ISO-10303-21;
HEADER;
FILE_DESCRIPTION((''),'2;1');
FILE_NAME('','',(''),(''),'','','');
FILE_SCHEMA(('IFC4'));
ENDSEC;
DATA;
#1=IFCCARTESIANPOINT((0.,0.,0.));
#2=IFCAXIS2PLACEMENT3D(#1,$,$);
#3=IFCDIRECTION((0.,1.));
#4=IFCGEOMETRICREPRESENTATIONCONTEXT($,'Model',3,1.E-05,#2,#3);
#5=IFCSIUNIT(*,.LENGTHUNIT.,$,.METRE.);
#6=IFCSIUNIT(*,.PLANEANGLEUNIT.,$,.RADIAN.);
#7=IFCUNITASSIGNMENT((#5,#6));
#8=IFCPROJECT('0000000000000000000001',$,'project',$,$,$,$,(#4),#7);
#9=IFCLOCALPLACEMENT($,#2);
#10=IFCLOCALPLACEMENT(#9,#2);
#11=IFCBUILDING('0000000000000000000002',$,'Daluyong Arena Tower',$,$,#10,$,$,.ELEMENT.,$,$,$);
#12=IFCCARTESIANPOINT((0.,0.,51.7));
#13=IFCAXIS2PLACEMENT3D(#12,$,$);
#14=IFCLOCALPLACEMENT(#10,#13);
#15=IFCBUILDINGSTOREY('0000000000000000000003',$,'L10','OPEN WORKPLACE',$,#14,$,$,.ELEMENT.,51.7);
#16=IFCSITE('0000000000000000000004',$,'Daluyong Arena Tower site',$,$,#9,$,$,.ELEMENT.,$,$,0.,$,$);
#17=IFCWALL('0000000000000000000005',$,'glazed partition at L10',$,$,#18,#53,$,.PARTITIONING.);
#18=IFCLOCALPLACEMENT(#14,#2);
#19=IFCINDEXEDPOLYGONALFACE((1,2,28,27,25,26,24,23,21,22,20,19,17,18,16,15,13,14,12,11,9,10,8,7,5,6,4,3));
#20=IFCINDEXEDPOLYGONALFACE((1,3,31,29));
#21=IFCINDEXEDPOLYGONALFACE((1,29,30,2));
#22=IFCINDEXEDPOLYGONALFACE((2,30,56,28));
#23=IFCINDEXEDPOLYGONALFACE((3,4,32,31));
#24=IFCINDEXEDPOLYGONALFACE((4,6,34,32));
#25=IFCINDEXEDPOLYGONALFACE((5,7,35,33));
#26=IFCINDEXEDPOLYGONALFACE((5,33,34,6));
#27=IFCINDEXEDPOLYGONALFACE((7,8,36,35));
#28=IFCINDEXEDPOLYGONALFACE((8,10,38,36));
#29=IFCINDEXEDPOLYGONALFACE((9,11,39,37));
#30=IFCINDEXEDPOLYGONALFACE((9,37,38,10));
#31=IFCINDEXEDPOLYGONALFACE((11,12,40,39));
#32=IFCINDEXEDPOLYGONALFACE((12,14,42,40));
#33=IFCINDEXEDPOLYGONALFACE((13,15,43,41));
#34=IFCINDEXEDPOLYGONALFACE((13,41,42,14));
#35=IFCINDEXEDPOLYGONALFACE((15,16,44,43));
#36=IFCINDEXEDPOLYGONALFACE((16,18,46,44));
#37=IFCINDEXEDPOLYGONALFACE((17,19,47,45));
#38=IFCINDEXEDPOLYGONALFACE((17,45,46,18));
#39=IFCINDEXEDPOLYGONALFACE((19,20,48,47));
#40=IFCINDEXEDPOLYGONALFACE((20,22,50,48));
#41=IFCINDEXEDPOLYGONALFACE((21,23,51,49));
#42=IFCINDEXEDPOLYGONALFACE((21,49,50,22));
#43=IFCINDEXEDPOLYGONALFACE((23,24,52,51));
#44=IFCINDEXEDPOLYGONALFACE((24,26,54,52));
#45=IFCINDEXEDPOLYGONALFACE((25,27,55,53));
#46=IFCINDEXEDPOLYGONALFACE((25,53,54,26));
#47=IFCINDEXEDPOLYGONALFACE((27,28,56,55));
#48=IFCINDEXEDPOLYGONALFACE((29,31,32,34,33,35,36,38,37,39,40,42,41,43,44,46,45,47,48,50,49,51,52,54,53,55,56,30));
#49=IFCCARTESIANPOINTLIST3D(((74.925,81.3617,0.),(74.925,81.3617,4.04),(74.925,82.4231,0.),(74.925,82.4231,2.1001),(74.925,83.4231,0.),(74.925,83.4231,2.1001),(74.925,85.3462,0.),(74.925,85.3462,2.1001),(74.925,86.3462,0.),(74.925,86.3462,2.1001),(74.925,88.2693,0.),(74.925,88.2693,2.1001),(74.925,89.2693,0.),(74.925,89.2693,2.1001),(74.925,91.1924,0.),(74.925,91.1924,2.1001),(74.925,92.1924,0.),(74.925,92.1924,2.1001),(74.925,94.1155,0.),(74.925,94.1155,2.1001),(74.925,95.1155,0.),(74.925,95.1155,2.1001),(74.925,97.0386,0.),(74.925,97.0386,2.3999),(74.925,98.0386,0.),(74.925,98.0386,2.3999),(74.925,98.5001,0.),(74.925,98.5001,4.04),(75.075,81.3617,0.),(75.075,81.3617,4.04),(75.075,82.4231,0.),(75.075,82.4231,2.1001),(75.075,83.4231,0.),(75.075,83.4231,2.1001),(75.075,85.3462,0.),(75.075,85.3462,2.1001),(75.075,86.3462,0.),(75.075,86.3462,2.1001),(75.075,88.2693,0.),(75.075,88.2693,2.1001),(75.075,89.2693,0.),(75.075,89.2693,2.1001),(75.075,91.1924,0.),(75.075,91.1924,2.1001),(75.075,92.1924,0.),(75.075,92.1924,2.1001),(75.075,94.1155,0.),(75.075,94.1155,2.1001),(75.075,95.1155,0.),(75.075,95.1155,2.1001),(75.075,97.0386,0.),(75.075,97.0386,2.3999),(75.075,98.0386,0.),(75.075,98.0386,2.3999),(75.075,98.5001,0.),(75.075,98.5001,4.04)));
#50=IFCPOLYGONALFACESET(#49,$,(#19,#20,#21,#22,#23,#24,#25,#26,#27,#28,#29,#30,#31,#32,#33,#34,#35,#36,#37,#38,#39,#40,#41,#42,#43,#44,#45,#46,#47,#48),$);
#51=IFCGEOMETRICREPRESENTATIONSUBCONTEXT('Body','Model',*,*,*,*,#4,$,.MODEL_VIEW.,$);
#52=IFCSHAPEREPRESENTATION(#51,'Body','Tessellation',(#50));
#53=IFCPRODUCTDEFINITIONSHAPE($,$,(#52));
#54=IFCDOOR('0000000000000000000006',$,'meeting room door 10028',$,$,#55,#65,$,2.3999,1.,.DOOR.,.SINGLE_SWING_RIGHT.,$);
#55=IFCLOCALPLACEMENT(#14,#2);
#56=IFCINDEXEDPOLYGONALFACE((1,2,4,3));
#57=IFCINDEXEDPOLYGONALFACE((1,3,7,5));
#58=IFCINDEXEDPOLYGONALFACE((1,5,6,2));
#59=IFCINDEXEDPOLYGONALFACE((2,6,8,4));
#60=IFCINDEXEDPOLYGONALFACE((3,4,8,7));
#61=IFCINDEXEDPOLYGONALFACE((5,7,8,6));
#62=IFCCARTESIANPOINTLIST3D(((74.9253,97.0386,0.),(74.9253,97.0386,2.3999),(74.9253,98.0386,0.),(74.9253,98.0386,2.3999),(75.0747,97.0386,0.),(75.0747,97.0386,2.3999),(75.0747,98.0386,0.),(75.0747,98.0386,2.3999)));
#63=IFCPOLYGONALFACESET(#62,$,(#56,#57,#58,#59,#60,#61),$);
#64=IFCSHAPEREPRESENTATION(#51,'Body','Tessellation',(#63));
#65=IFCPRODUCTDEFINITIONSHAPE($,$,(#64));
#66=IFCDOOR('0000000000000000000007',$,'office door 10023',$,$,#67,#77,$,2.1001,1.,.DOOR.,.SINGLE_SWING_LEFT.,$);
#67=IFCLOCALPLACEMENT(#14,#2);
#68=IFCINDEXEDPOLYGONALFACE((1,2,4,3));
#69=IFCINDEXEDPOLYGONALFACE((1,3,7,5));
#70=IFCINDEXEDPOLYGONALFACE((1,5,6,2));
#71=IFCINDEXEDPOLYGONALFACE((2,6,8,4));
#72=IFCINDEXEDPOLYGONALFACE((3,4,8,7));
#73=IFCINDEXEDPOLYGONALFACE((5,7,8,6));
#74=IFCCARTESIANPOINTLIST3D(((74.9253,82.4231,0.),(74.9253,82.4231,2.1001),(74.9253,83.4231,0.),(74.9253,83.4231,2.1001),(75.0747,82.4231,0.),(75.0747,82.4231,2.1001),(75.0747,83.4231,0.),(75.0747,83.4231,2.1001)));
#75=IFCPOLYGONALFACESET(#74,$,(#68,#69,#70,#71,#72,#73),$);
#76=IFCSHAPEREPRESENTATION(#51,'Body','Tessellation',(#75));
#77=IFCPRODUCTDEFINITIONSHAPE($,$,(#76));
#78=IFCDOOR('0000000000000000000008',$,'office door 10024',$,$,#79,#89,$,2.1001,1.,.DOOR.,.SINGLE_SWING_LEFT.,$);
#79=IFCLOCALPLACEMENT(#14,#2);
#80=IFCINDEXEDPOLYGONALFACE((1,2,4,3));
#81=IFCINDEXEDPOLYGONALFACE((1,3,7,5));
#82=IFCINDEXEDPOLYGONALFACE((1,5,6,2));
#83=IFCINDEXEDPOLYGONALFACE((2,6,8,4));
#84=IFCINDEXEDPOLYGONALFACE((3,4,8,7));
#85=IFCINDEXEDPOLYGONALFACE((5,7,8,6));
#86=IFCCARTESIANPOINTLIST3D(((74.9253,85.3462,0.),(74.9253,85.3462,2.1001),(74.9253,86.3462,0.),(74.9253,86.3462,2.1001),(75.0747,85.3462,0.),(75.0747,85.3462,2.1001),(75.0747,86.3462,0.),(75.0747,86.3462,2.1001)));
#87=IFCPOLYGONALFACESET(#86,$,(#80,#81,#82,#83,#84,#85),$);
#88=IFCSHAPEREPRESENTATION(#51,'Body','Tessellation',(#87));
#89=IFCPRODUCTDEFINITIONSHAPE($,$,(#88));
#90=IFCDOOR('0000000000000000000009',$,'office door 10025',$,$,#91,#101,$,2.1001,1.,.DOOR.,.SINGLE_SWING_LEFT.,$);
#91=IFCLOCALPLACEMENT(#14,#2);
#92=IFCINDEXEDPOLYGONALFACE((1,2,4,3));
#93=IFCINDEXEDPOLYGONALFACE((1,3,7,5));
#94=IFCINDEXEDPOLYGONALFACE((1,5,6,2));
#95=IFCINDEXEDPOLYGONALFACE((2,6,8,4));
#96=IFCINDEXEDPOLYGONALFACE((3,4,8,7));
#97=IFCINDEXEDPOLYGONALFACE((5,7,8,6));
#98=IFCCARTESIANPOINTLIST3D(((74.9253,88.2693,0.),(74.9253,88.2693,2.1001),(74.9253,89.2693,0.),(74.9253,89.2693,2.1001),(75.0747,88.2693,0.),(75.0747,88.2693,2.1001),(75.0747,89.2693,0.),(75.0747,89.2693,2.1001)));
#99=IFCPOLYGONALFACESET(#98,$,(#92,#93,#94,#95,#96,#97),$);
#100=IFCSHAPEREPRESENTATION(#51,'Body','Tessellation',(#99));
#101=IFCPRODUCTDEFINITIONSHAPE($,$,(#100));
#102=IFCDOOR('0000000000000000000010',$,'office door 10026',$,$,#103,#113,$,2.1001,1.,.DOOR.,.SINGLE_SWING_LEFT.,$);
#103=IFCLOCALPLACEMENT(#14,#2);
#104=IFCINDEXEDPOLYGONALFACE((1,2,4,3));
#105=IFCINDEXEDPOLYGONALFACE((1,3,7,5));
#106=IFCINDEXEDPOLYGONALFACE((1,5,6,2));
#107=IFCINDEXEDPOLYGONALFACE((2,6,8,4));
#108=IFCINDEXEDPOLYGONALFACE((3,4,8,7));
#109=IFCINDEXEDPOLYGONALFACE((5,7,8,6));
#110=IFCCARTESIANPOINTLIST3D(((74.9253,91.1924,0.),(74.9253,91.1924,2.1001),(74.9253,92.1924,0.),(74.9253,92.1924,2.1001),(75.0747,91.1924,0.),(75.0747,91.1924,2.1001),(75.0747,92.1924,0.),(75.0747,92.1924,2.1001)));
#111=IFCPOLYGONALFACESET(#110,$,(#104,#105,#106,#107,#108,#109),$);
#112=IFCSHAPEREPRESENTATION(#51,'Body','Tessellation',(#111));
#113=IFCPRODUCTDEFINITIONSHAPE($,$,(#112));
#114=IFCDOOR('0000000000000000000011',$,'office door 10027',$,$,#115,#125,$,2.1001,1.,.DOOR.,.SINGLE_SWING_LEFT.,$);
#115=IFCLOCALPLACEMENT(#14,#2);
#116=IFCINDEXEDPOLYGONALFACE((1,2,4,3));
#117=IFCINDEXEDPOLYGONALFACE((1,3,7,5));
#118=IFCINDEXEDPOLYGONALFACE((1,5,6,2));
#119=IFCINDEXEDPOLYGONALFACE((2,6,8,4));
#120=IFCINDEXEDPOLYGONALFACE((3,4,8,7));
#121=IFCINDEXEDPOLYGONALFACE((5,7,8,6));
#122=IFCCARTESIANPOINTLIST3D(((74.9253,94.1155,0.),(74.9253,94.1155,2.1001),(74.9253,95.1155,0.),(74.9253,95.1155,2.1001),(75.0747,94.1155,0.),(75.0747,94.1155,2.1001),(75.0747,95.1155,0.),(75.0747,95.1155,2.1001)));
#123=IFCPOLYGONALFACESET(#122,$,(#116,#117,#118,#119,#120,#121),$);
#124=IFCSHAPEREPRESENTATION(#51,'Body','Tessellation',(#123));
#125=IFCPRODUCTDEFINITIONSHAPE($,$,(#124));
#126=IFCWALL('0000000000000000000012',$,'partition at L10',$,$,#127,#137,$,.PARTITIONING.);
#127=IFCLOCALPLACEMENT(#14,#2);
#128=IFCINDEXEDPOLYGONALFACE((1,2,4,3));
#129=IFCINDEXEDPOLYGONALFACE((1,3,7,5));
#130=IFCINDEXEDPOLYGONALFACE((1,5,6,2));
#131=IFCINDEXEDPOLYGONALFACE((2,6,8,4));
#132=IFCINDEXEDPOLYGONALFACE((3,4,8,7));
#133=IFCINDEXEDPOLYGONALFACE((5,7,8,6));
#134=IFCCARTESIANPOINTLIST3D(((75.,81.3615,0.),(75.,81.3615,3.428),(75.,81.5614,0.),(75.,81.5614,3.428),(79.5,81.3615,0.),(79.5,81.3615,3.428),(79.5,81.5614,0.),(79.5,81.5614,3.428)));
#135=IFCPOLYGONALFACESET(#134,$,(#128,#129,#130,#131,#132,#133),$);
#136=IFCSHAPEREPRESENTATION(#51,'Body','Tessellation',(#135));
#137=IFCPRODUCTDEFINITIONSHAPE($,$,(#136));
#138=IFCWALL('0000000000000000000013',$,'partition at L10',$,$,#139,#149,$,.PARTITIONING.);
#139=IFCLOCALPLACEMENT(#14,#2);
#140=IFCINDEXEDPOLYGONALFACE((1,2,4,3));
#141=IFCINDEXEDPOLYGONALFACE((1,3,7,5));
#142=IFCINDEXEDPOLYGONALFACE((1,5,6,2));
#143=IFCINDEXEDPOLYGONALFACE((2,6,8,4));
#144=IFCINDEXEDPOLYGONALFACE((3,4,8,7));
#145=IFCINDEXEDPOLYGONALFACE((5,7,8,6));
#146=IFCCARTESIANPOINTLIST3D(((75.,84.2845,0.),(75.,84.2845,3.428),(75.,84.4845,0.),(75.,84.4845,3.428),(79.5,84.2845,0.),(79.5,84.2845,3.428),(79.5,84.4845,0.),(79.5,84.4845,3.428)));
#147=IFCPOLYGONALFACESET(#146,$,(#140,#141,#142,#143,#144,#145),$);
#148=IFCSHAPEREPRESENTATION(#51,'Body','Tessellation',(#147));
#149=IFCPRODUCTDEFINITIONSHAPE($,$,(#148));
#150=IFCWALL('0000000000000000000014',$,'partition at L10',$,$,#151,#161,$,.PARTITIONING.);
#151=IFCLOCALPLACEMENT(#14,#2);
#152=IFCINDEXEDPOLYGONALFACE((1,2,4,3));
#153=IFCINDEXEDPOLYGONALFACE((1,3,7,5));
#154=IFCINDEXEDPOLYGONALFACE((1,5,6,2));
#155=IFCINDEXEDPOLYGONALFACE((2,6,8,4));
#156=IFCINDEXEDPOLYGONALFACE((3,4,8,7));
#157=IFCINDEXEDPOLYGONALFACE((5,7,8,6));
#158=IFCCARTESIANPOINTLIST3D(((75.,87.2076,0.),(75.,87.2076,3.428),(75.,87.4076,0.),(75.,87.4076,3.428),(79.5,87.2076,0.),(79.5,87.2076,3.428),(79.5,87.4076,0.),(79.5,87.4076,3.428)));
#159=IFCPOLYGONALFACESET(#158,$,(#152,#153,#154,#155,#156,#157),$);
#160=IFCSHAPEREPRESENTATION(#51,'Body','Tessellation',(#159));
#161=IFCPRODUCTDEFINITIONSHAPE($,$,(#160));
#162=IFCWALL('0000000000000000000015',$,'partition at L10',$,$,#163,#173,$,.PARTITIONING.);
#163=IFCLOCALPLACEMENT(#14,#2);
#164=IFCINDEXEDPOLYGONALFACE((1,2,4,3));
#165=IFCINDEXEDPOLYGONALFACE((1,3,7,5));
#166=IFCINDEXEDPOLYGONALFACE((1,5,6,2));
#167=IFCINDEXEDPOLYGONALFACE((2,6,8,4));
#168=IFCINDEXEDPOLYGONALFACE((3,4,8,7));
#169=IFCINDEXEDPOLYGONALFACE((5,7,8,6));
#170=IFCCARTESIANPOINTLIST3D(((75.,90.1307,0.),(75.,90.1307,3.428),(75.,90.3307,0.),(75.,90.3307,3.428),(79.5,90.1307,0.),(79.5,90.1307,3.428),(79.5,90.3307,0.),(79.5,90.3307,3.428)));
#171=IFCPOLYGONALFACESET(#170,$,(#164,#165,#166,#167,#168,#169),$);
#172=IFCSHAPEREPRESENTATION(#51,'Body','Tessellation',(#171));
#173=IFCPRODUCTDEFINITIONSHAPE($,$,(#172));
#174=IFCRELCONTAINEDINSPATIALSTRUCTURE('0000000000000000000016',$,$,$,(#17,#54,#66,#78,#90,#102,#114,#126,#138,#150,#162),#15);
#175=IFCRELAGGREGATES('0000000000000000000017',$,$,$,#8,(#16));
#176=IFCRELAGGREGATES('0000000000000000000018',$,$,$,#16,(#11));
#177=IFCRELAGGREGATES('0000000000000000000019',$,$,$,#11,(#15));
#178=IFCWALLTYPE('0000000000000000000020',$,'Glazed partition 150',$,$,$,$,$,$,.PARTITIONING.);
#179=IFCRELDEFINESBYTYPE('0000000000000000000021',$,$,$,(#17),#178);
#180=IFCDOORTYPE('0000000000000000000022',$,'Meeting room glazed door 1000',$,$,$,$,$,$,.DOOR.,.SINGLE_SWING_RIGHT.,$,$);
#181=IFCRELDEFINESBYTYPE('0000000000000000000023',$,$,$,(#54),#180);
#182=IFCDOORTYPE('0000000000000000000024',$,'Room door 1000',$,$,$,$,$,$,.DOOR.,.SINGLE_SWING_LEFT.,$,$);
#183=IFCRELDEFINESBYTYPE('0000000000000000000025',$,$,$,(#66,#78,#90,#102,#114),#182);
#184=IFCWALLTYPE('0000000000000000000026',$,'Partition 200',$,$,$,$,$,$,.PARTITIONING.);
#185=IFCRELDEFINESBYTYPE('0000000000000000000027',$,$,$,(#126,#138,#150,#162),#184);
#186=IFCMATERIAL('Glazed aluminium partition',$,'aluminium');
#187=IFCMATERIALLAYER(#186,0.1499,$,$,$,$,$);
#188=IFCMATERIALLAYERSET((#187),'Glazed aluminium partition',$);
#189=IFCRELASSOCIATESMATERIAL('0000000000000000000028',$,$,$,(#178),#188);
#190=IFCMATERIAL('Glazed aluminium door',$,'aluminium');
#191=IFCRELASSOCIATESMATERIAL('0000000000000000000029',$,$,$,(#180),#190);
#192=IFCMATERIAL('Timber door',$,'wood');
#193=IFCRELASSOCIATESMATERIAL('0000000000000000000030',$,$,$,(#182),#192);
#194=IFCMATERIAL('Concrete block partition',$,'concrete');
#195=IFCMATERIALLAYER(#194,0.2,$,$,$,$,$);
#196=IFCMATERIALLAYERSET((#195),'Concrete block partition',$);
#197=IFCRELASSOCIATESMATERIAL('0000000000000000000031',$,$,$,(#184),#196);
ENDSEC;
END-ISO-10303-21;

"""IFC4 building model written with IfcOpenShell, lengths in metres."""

from ifc_helpers import new_model, si_unit, direction, frame, frame_2d, origin, place, context, subcontext, project, spatial, rectangle, extrude, material, layer, layer_set, type_object, element, fill, save


model = new_model("IFC4")

# Units and contexts
model_context = context("Model", 3, precision=1e-05, world=origin(), true_north=direction((0.0, 1.0)))
body_context = subcontext(model_context, "Body", "Model", "MODEL_VIEW")
ifc_project = project(units=[si_unit("LENGTHUNIT", "METRE"), si_unit("PLANEANGLEUNIT", "RADIAN")], contexts=[model_context])

# Site, building, storey
site_placement = place(None, origin())
site = spatial("IfcSite", under=ifc_project, at=site_placement, Name="Daluyong Arena Tower site", CompositionType="ELEMENT", RefElevation=0.0)
building_placement = place(site_placement, origin())
building = spatial("IfcBuilding", under=site, at=building_placement, Name="Daluyong Arena Tower", CompositionType="ELEMENT")
storey_placement = place(building_placement, frame((0.0, 0.0, 51.7)))
storey = spatial("IfcBuildingStorey", under=building, at=storey_placement, Name="L10", Description="OPEN WORKPLACE", CompositionType="ELEMENT", Elevation=51.7)

# Shared definitions
ifc_material_1 = material(Name="Glazed aluminium partition", Category="aluminium")
ifc_layer_1 = layer(ifc_material_1, 0.1499)
ifc_layer_set_1 = layer_set([ifc_layer_1], Name="Glazed aluminium partition")
wall_type_1 = type_object("IfcWallType", Name="Glazed partition 150", PredefinedType="PARTITIONING", material=ifc_layer_set_1)
ifc_material_2 = material(Name="Glazed aluminium door", Category="aluminium")
door_type_1 = type_object("IfcDoorType", Name="Meeting room glazed door 1000", OperationType="SINGLE_SWING_RIGHT", PredefinedType="DOOR", material=ifc_material_2)

# Wall, openings, doors
wall_1_placement = place(storey_placement, frame((75.0, 81.3616, 0.0), z_axis=(0.0, 0.0, 1.0), x_axis=(0.0, 1.0, 0.0)))
wall_1 = element("IfcWall", 1, at=wall_1_placement, inside=storey, type_object=wall_type_1, Name="glazed partition at L10", PredefinedType="PARTITIONING", context=body_context, shape_type="SweptSolid", body=[
    extrude(rectangle(XDim=17.1384, YDim=0.1499, at=frame_2d((8.5693, 0.0))), origin(), (0.0, 0.0, 1.0), 4.04),
])
opening_1_placement = place(wall_1_placement, frame((1.0615, 0.0, 0.0)))
opening_1 = element("IfcOpeningElement", 2, at=opening_1_placement, cuts=wall_1, PredefinedType="OPENING", context=body_context, shape_type="SweptSolid", body=[
    extrude(rectangle(XDim=1.0, YDim=2.1001, at=frame_2d((0.5, 1.05))), frame((0.0, 0.085, 0.0), z_axis=(0.0, -1.0, 0.0), x_axis=(1.0, 0.0, 0.0)), (0.0, 0.0, 1.0), 0.1699),
])
opening_2_placement = place(wall_1_placement, frame((3.9846, 0.0, 0.0)))
opening_2 = element("IfcOpeningElement", 3, at=opening_2_placement, cuts=wall_1, PredefinedType="OPENING", context=body_context, shape_type="SweptSolid", body=[
    extrude(rectangle(XDim=1.0, YDim=2.1001, at=frame_2d((0.5, 1.05))), frame((0.0, 0.085, 0.0), z_axis=(0.0, -1.0, 0.0), x_axis=(1.0, 0.0, 0.0)), (0.0, 0.0, 1.0), 0.1699),
])
opening_3_placement = place(wall_1_placement, frame((6.9077, 0.0, 0.0)))
opening_3 = element("IfcOpeningElement", 4, at=opening_3_placement, cuts=wall_1, PredefinedType="OPENING", context=body_context, shape_type="SweptSolid", body=[
    extrude(rectangle(XDim=1.0, YDim=2.1001, at=frame_2d((0.5, 1.05))), frame((0.0, 0.085, 0.0), z_axis=(0.0, -1.0, 0.0), x_axis=(1.0, 0.0, 0.0)), (0.0, 0.0, 1.0), 0.1699),
])
opening_4_placement = place(wall_1_placement, frame((9.8308, 0.0, 0.0)))
opening_4 = element("IfcOpeningElement", 5, at=opening_4_placement, cuts=wall_1, PredefinedType="OPENING", context=body_context, shape_type="SweptSolid", body=[
    extrude(rectangle(XDim=1.0, YDim=2.1001, at=frame_2d((0.5, 1.05))), frame((0.0, 0.085, 0.0), z_axis=(0.0, -1.0, 0.0), x_axis=(1.0, 0.0, 0.0)), (0.0, 0.0, 1.0), 0.1699),
])
opening_5_placement = place(wall_1_placement, frame((12.7539, 0.0, 0.0)))
opening_5 = element("IfcOpeningElement", 6, at=opening_5_placement, cuts=wall_1, PredefinedType="OPENING", context=body_context, shape_type="SweptSolid", body=[
    extrude(rectangle(XDim=1.0, YDim=2.1001, at=frame_2d((0.5, 1.05))), frame((0.0, 0.085, 0.0), z_axis=(0.0, -1.0, 0.0), x_axis=(1.0, 0.0, 0.0)), (0.0, 0.0, 1.0), 0.1699),
])
opening_6_placement = place(wall_1_placement, frame((15.677, 0.0, 0.0)))
opening_6 = element("IfcOpeningElement", 7, at=opening_6_placement, cuts=wall_1, PredefinedType="OPENING", context=body_context, shape_type="SweptSolid", body=[
    extrude(rectangle(XDim=1.0, YDim=2.3999, at=frame_2d((0.5, 1.2))), frame((0.0, 0.085, 0.0), z_axis=(0.0, -1.0, 0.0), x_axis=(1.0, 0.0, 0.0)), (0.0, 0.0, 1.0), 0.1699),
])
door_1_placement = place(opening_6_placement, origin())
door_1 = element("IfcDoor", 8, at=door_1_placement, inside=storey, type_object=door_type_1, Name="meeting room door 10028", OperationType="SINGLE_SWING_RIGHT", OverallHeight=2.3999, OverallWidth=1.0, PredefinedType="DOOR", context=body_context, shape_type="SweptSolid", body=[
    extrude(rectangle(XDim=1.0, YDim=2.3999, at=frame_2d((0.5, 1.2))), frame((0.0, 0.0747, 0.0), z_axis=(0.0, -1.0, 0.0), x_axis=(1.0, 0.0, 0.0)), (0.0, 0.0, 1.0), 0.1494),
])
fill(opening_6, door_1)
ifc_material_3 = material(Name="Timber door", Category="wood")
door_type_2 = type_object("IfcDoorType", Name="Room door 1000", OperationType="SINGLE_SWING_LEFT", PredefinedType="DOOR", material=ifc_material_3)
door_2_placement = place(opening_1_placement, origin())
door_2 = element("IfcDoor", 9, at=door_2_placement, inside=storey, type_object=door_type_2, Name="office door 10023", OperationType="SINGLE_SWING_LEFT", OverallHeight=2.1001, OverallWidth=1.0, PredefinedType="DOOR", context=body_context, shape_type="SweptSolid", body=[
    extrude(rectangle(XDim=1.0, YDim=2.1001, at=frame_2d((0.5, 1.05))), frame((0.0, 0.0747, 0.0), z_axis=(0.0, -1.0, 0.0), x_axis=(1.0, 0.0, 0.0)), (0.0, 0.0, 1.0), 0.1494),
])
fill(opening_1, door_2)
door_3_placement = place(opening_2_placement, origin())
door_3 = element("IfcDoor", 10, at=door_3_placement, inside=storey, type_object=door_type_2, Name="office door 10024", OperationType="SINGLE_SWING_LEFT", OverallHeight=2.1001, OverallWidth=1.0, PredefinedType="DOOR", context=body_context, shape_type="SweptSolid", body=[
    extrude(rectangle(XDim=1.0, YDim=2.1001, at=frame_2d((0.5, 1.05))), frame((0.0, 0.0747, 0.0), z_axis=(0.0, -1.0, 0.0), x_axis=(1.0, 0.0, 0.0)), (0.0, 0.0, 1.0), 0.1494),
])
fill(opening_2, door_3)
door_4_placement = place(opening_3_placement, origin())
door_4 = element("IfcDoor", 11, at=door_4_placement, inside=storey, type_object=door_type_2, Name="office door 10025", OperationType="SINGLE_SWING_LEFT", OverallHeight=2.1001, OverallWidth=1.0, PredefinedType="DOOR", context=body_context, shape_type="SweptSolid", body=[
    extrude(rectangle(XDim=1.0, YDim=2.1001, at=frame_2d((0.5, 1.05))), frame((0.0, 0.0747, 0.0), z_axis=(0.0, -1.0, 0.0), x_axis=(1.0, 0.0, 0.0)), (0.0, 0.0, 1.0), 0.1494),
])
fill(opening_3, door_4)
door_5_placement = place(opening_4_placement, origin())
door_5 = element("IfcDoor", 12, at=door_5_placement, inside=storey, type_object=door_type_2, Name="office door 10026", OperationType="SINGLE_SWING_LEFT", OverallHeight=2.1001, OverallWidth=1.0, PredefinedType="DOOR", context=body_context, shape_type="SweptSolid", body=[
    extrude(rectangle(XDim=1.0, YDim=2.1001, at=frame_2d((0.5, 1.05))), frame((0.0, 0.0747, 0.0), z_axis=(0.0, -1.0, 0.0), x_axis=(1.0, 0.0, 0.0)), (0.0, 0.0, 1.0), 0.1494),
])
fill(opening_4, door_5)
door_6_placement = place(opening_5_placement, origin())
door_6 = element("IfcDoor", 13, at=door_6_placement, inside=storey, type_object=door_type_2, Name="office door 10027", OperationType="SINGLE_SWING_LEFT", OverallHeight=2.1001, OverallWidth=1.0, PredefinedType="DOOR", context=body_context, shape_type="SweptSolid", body=[
    extrude(rectangle(XDim=1.0, YDim=2.1001, at=frame_2d((0.5, 1.05))), frame((0.0, 0.0747, 0.0), z_axis=(0.0, -1.0, 0.0), x_axis=(1.0, 0.0, 0.0)), (0.0, 0.0, 1.0), 0.1494),
])
fill(opening_5, door_6)

# Walls
ifc_material_4 = material(Name="Concrete block partition", Category="concrete")
ifc_layer_2 = layer(ifc_material_4, 0.2)
ifc_layer_set_2 = layer_set([ifc_layer_2], Name="Concrete block partition")
wall_type_2 = type_object("IfcWallType", Name="Partition 200", PredefinedType="PARTITIONING", material=ifc_layer_set_2)
for number, where, z_axis, x_axis, name in (
    (14, (75.0, 81.4614, 0.0), (0.0, 0.0, 1.0), (1.0, 0.0, 0.0), "partition at L10"),
    (15, (75.0, 84.3845, 0.0), (0.0, 0.0, 1.0), (1.0, 0.0, 0.0), "partition at L10"),
    (16, (75.0, 87.3076, 0.0), (0.0, 0.0, 1.0), (1.0, 0.0, 0.0), "partition at L10"),
    (17, (75.0, 90.2307, 0.0), (0.0, 0.0, 1.0), (1.0, 0.0, 0.0), "partition at L10"),
):
    element("IfcWall", number, at=place(storey_placement, frame(where, z_axis=z_axis, x_axis=x_axis)), inside=storey, type_object=wall_type_2, Name=name, PredefinedType="PARTITIONING", context=body_context, shape_type="SweptSolid", body=[
        extrude(rectangle(XDim=4.5, YDim=0.2, at=frame_2d((2.25, 0.0))), origin(), (0.0, 0.0, 1.0), 3.428),
    ])

save(model, "model.ifc")
